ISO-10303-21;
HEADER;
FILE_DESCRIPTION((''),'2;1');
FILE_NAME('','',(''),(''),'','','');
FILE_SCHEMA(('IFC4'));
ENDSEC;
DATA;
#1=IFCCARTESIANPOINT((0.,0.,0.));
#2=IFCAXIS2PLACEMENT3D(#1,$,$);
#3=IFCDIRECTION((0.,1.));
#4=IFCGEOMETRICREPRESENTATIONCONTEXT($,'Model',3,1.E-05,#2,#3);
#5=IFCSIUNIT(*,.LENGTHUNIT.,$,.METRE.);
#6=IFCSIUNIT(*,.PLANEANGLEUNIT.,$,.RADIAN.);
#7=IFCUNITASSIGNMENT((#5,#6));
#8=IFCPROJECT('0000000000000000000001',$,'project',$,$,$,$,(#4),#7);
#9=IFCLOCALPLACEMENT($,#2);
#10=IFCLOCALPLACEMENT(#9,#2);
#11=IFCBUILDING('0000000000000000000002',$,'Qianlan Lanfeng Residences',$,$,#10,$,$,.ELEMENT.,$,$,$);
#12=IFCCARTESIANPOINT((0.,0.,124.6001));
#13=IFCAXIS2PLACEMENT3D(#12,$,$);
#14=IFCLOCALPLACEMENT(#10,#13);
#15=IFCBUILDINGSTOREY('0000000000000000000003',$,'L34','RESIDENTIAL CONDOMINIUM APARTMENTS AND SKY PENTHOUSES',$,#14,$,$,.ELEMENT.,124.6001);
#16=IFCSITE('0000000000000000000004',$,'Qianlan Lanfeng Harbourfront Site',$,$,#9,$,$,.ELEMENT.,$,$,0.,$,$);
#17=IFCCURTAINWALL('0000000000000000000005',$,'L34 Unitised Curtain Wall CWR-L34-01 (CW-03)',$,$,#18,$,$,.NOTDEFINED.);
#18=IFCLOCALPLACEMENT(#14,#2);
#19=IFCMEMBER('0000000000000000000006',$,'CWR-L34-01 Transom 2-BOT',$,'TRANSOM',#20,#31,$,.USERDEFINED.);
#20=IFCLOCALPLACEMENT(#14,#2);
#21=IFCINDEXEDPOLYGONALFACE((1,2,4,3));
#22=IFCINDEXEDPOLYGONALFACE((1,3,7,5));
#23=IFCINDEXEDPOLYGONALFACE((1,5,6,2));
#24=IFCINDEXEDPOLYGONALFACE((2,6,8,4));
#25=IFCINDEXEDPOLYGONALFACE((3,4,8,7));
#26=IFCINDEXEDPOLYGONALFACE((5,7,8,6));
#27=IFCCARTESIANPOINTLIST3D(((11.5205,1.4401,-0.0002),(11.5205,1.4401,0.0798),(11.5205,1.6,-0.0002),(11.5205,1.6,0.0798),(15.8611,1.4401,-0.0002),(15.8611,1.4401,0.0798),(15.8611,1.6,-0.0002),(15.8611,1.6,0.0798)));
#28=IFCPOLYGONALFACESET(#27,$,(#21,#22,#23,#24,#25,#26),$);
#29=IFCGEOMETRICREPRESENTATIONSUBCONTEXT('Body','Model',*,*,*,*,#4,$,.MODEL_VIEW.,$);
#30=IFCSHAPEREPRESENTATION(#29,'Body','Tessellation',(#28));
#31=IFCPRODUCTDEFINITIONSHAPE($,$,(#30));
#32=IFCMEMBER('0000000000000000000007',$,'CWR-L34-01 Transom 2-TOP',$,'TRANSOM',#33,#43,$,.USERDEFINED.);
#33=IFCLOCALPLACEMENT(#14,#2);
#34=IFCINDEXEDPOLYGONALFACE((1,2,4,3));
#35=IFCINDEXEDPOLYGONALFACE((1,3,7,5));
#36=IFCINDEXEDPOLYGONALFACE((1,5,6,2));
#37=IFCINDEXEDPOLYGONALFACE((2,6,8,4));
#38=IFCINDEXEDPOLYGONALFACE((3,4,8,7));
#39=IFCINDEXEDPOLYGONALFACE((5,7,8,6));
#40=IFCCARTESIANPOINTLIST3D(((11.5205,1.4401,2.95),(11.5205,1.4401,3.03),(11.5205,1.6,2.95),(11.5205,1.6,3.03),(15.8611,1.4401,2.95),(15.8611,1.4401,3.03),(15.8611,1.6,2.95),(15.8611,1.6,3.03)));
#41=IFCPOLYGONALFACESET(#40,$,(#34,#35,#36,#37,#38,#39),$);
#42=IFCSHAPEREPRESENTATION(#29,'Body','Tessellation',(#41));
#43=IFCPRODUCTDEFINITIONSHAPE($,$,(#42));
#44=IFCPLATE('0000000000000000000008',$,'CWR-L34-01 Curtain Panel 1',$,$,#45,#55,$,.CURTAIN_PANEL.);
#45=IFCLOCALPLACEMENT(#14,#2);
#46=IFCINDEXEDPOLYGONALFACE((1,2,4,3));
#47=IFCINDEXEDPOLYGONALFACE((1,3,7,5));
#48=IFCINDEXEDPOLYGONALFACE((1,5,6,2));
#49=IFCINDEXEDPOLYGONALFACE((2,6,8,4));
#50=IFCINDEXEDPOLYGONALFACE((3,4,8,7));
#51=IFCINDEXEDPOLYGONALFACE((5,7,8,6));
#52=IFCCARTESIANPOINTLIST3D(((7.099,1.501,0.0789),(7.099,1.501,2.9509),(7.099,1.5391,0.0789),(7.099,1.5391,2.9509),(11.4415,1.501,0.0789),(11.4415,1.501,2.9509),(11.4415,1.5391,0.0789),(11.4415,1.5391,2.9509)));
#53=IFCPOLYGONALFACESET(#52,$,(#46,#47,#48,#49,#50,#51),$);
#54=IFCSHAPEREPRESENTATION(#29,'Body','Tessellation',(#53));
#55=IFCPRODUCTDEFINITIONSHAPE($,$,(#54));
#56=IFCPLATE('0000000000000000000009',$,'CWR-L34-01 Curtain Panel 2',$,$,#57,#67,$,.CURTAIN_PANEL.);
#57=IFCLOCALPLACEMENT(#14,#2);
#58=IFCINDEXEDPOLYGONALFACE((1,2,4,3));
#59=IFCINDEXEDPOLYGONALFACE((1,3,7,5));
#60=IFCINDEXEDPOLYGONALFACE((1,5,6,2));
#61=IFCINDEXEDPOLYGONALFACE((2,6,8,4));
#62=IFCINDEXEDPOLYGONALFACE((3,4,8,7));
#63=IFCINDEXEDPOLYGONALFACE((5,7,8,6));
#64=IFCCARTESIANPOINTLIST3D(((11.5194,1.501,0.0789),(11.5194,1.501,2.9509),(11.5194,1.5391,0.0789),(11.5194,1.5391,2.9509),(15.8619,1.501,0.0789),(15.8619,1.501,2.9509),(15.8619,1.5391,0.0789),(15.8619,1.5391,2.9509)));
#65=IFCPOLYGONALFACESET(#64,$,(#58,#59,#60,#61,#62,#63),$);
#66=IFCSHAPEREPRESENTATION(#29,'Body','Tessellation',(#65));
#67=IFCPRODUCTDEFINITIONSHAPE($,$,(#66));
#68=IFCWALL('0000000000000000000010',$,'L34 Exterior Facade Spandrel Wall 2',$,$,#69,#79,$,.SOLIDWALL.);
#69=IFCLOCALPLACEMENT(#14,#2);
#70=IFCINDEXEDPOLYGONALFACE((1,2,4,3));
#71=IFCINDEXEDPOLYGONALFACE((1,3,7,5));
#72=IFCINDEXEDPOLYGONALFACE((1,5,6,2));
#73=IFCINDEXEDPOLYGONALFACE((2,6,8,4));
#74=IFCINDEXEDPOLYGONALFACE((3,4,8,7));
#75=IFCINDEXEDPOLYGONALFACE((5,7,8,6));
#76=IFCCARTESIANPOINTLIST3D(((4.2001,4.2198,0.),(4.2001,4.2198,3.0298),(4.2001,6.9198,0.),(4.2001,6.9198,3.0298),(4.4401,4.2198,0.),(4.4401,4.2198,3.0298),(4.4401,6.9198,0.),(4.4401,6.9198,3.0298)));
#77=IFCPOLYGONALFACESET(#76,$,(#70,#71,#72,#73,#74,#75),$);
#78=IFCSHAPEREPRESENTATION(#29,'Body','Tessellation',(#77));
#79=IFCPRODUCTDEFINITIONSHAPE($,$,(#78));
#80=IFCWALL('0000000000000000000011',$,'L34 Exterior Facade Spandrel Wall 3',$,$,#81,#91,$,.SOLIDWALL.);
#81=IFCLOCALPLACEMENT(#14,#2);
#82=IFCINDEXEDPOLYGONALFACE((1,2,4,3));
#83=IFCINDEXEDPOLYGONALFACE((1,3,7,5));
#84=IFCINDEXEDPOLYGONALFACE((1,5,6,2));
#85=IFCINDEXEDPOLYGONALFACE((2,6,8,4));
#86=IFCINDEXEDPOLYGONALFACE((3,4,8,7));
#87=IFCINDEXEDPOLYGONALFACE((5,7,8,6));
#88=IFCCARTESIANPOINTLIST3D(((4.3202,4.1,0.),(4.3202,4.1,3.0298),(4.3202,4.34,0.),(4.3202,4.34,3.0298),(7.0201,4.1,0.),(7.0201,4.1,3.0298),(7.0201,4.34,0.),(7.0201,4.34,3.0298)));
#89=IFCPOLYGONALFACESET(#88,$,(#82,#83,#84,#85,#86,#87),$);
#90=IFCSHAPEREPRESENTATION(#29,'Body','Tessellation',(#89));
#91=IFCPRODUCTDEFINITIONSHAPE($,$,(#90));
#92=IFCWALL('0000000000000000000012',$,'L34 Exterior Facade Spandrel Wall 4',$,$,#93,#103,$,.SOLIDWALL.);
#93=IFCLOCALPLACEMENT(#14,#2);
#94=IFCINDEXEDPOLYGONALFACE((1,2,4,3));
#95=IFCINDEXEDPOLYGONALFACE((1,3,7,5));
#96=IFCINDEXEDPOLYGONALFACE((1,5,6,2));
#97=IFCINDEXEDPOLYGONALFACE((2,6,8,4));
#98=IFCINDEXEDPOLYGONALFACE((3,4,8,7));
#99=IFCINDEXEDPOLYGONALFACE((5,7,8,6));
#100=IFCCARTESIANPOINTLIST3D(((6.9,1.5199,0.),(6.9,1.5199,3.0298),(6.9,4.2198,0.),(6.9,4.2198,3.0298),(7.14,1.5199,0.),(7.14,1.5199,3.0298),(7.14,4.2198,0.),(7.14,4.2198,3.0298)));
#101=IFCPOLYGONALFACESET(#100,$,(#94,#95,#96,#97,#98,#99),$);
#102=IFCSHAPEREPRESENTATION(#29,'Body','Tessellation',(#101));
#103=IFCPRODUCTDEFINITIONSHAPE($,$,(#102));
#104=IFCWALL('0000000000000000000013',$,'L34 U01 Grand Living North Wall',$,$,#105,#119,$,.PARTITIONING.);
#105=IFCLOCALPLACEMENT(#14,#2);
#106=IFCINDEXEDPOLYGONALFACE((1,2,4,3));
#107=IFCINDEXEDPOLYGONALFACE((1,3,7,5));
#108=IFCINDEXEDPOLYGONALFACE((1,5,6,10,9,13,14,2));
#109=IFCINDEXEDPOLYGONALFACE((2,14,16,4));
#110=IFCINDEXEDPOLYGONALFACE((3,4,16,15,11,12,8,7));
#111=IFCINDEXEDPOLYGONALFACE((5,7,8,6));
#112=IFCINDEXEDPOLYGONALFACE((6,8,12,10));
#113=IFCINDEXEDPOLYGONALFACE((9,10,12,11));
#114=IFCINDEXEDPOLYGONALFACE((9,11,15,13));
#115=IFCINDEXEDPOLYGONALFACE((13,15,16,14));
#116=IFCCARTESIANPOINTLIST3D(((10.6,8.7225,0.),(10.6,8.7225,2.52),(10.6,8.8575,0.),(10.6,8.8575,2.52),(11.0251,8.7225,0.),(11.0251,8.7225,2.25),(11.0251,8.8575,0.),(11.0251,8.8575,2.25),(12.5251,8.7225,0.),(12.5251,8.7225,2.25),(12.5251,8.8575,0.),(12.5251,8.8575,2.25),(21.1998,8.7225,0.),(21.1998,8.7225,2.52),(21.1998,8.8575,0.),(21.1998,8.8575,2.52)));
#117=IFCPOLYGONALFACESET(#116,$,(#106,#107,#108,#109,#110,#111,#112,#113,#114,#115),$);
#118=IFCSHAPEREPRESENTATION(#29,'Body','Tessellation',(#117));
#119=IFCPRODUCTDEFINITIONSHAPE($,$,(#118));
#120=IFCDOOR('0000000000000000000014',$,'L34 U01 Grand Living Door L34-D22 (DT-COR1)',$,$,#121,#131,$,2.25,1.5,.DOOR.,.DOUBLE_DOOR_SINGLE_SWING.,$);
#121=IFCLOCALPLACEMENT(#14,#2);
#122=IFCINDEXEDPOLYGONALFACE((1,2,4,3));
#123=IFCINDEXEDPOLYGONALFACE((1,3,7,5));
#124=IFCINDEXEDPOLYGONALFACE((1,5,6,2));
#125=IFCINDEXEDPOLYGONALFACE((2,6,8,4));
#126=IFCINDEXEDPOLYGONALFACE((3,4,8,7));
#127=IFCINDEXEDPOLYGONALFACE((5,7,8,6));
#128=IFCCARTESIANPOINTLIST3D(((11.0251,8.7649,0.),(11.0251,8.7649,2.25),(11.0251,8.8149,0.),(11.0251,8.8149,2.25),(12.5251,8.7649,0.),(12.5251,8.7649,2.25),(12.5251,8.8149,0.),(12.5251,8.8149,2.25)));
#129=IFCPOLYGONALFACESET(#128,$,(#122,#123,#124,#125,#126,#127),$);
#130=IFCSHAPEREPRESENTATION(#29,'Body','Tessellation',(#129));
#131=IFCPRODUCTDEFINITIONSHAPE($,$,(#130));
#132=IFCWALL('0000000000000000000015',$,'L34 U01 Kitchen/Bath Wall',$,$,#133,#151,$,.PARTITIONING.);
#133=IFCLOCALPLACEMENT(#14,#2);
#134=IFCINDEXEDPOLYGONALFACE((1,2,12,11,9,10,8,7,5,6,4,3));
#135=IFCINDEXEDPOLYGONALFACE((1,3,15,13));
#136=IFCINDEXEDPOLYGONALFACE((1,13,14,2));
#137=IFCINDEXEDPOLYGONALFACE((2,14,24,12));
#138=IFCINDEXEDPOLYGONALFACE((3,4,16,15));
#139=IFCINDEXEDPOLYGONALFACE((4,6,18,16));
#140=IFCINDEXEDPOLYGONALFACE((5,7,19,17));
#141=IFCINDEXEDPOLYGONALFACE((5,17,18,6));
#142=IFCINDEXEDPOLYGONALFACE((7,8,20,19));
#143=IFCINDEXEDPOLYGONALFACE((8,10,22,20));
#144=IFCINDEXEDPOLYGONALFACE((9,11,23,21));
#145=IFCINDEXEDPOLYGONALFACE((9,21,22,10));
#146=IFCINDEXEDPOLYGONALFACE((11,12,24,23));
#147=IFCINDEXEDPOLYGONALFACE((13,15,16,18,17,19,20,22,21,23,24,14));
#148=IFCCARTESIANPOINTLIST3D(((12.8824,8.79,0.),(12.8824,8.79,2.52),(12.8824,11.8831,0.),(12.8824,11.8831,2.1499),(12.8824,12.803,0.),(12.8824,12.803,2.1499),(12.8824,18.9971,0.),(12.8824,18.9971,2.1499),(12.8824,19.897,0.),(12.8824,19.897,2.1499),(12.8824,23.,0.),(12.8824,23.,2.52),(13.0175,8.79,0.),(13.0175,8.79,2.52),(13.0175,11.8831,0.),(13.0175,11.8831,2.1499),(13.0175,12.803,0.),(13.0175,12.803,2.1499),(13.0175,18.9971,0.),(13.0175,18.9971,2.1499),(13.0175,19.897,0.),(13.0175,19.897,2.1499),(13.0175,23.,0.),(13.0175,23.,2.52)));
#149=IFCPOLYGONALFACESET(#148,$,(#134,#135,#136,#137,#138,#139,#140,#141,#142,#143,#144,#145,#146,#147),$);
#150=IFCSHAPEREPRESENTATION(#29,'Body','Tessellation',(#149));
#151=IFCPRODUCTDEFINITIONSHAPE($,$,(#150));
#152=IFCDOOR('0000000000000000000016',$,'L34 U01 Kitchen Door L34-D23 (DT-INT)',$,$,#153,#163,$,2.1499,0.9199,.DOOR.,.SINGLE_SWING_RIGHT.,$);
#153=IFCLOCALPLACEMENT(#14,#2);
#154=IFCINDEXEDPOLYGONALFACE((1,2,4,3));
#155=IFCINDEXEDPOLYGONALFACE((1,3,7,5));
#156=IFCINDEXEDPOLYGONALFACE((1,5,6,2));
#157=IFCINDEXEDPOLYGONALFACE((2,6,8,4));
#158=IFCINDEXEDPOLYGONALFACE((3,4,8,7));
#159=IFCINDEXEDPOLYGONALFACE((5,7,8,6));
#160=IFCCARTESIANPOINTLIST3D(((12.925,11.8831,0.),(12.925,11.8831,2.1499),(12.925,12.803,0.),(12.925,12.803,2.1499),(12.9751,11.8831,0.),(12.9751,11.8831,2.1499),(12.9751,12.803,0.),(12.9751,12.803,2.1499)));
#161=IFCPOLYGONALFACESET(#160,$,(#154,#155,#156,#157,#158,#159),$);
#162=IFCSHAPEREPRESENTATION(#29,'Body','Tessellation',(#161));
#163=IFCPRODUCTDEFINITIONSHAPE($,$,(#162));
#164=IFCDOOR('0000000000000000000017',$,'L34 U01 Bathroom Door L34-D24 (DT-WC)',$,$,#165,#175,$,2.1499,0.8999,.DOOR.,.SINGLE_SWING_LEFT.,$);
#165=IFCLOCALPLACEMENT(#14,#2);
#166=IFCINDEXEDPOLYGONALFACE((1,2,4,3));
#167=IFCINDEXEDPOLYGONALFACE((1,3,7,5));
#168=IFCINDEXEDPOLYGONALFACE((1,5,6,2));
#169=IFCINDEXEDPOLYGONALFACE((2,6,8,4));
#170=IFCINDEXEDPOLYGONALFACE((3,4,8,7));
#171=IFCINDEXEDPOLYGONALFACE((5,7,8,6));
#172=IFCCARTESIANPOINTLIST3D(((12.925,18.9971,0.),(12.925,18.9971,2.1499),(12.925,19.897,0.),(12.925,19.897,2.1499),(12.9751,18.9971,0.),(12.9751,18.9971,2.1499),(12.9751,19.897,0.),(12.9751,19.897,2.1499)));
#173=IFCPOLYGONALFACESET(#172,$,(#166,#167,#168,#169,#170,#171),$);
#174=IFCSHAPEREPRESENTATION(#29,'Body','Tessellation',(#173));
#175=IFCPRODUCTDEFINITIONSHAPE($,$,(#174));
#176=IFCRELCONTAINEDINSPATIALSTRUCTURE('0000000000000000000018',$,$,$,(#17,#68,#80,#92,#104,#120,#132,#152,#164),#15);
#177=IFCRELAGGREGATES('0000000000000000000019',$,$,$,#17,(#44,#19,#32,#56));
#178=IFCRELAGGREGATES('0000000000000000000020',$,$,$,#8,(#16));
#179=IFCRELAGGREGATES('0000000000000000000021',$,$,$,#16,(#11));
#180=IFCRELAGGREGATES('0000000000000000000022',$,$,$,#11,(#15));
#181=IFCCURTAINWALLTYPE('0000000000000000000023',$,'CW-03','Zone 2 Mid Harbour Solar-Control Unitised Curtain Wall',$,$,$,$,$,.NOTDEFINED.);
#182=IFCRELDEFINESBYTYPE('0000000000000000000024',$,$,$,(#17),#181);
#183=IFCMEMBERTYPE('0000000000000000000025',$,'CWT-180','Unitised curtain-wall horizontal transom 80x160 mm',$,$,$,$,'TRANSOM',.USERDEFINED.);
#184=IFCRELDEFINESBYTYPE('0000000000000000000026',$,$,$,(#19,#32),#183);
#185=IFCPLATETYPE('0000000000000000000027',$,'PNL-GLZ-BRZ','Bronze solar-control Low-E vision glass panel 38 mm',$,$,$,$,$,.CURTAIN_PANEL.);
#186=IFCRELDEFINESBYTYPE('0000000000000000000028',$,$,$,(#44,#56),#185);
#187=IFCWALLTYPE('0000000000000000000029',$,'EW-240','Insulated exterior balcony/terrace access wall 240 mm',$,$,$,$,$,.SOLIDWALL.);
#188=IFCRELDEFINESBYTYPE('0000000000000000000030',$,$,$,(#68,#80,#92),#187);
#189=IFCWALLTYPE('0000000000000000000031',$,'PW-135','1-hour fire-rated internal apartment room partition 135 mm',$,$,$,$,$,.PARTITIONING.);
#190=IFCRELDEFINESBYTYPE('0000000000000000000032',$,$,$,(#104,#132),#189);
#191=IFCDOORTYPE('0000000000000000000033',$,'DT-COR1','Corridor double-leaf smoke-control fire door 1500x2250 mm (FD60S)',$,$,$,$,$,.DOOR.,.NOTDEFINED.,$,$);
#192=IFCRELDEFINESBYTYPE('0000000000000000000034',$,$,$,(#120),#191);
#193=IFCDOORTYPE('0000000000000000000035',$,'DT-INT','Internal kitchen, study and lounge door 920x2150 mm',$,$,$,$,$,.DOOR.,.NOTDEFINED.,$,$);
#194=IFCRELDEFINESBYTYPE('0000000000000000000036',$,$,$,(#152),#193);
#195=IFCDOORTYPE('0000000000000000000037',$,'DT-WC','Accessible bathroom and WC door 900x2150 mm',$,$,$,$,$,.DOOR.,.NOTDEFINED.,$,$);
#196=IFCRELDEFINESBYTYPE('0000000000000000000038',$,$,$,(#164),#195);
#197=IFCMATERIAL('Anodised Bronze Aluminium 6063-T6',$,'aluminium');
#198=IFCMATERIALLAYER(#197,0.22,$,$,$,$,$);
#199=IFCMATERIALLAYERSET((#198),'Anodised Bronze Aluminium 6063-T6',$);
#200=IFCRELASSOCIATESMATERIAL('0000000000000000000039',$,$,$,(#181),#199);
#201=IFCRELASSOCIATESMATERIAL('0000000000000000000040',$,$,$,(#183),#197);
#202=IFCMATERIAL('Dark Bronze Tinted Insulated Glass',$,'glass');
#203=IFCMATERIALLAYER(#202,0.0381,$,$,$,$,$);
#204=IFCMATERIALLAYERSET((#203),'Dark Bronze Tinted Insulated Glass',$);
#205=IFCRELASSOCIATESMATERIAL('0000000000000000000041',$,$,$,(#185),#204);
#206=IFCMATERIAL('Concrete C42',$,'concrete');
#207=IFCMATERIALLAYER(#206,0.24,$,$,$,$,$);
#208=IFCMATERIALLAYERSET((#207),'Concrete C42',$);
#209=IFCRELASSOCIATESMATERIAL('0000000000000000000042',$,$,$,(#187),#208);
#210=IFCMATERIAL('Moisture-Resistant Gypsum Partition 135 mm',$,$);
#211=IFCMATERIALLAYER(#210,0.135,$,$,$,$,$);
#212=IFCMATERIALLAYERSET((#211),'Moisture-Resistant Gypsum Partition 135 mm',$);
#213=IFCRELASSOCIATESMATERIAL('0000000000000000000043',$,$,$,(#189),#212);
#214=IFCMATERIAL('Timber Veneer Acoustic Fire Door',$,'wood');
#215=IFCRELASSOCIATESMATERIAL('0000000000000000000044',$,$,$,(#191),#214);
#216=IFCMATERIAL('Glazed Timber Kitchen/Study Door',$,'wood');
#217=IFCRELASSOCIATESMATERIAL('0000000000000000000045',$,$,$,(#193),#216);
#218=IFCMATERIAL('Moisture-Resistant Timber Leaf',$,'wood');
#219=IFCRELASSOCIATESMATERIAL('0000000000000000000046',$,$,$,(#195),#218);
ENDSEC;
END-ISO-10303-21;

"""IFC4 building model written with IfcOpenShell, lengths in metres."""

from ifc_helpers import new_model, si_unit, direction, frame, frame_2d, origin, origin_2d, place, context, subcontext, project, spatial, rectangle, extrude, source, transform, mapped, material, layer, layer_set, material_profile, profile_set, type_object, element, fill, aggregate, save


model = new_model("IFC4")

# Units and contexts
model_context = context("Model", 3, precision=1e-05, world=origin(), true_north=direction((0.0, 1.0)))
body_context = subcontext(model_context, "Body", "Model", "MODEL_VIEW")
ifc_project = project(units=[si_unit("LENGTHUNIT", "METRE"), si_unit("PLANEANGLEUNIT", "RADIAN")], contexts=[model_context])

# Site, building, storey
site_placement = place(None, origin())
site = spatial("IfcSite", under=ifc_project, at=site_placement, Name="Qianlan Lanfeng Harbourfront Site", CompositionType="ELEMENT", RefElevation=0.0)
building_placement = place(site_placement, origin())
building = spatial("IfcBuilding", under=site, at=building_placement, Name="Qianlan Lanfeng Residences", CompositionType="ELEMENT")
storey_placement = place(building_placement, frame((0.0, 0.0, 124.6001)))
storey = spatial("IfcBuildingStorey", under=building, at=storey_placement, Name="L34", Description="RESIDENTIAL CONDOMINIUM APARTMENTS AND SKY PENTHOUSES", CompositionType="ELEMENT", Elevation=124.6001)

# Curtain wall, members, plates
ifc_material_1 = material(Name="Anodised Bronze Aluminium 6063-T6", Category="aluminium")
ifc_layer_1 = layer(ifc_material_1, 0.22)
ifc_layer_set_1 = layer_set([ifc_layer_1], Name="Anodised Bronze Aluminium 6063-T6")
curtain_wall_type = type_object("IfcCurtainWallType", Name="CW-03", Description="Zone 2 Mid Harbour Solar-Control Unitised Curtain Wall", PredefinedType="NOTDEFINED", material=ifc_layer_set_1)
curtain_wall_placement = place(storey_placement, origin())
curtain_wall = element("IfcCurtainWall", 1, at=curtain_wall_placement, inside=storey, type_object=curtain_wall_type, Name="L34 Unitised Curtain Wall CWR-L34-01 (CW-03)", PredefinedType="NOTDEFINED")
ifc_material_profile_1 = material_profile(ifc_material_1, rectangle(XDim=0.0801, YDim=0.1599, at=origin_2d()), Name="ALU TRANSOM 80x160")
ifc_profile_set_1 = profile_set([ifc_material_profile_1], Name="Anodised Bronze Aluminium 6063-T6")
member_type_1 = type_object("IfcMemberType", Name="CWT-180", Description="Unitised curtain-wall horizontal transom 80x160 mm", ElementType="TRANSOM", PredefinedType="USERDEFINED", material=ifc_profile_set_1)
shared_shape_1 = source(origin(), body_context, "Body", "SweptSolid", [
    extrude(rectangle(XDim=0.0801, YDim=0.1599, at=origin_2d()), origin(), (0.0, 0.0, 1.0), 4.3406),
])
member_1_placement = place(storey_placement, frame((11.5205, 1.52, 0.0398), z_axis=(1.0, 0.0, 0.0), x_axis=(0.0, 0.0, 1.0)))
member_1 = element("IfcMember", 2, at=member_1_placement, type_object=member_type_1, Name="CWR-L34-01 Transom 2-BOT", ObjectType="TRANSOM", PredefinedType="USERDEFINED", context=body_context, shape_type="MappedRepresentation", body=[
    mapped(shared_shape_1, transform((0.0, 0.0, 0.0), scale=1.0)),
])
member_2_placement = place(storey_placement, frame((11.5205, 1.52, 2.99), z_axis=(1.0, 0.0, 0.0), x_axis=(0.0, 0.0, 1.0)))
member_2 = element("IfcMember", 3, at=member_2_placement, type_object=member_type_1, Name="CWR-L34-01 Transom 2-TOP", ObjectType="TRANSOM", PredefinedType="USERDEFINED", context=body_context, shape_type="MappedRepresentation", body=[
    mapped(shared_shape_1, transform((0.0, 0.0, 0.0), scale=1.0)),
])
ifc_material_2 = material(Name="Dark Bronze Tinted Insulated Glass", Category="glass")
ifc_layer_2 = layer(ifc_material_2, 0.0381)
ifc_layer_set_2 = layer_set([ifc_layer_2], Name="Dark Bronze Tinted Insulated Glass")
plate_type = type_object("IfcPlateType", Name="PNL-GLZ-BRZ", Description="Bronze solar-control Low-E vision glass panel 38 mm", PredefinedType="CURTAIN_PANEL", material=ifc_layer_set_2)
shared_shape_2 = source(origin(), body_context, "Body", "SweptSolid", [
    extrude(rectangle(XDim=4.3425, YDim=0.0381, at=origin_2d()), origin(), (0.0, 0.0, 1.0), 2.8721),
])
plate_1_placement = place(storey_placement, frame((9.2703, 1.52, 0.0789), z_axis=(0.0, 0.0, 1.0), x_axis=(1.0, 0.0, 0.0)))
plate_1 = element("IfcPlate", 4, at=plate_1_placement, type_object=plate_type, Name="CWR-L34-01 Curtain Panel 1", PredefinedType="CURTAIN_PANEL", context=body_context, shape_type="MappedRepresentation", body=[
    mapped(shared_shape_2, transform((0.0, 0.0, 0.0), scale=1.0)),
])
plate_2_placement = place(storey_placement, frame((13.6907, 1.52, 0.0789), z_axis=(0.0, 0.0, 1.0), x_axis=(1.0, 0.0, 0.0)))
plate_2 = element("IfcPlate", 5, at=plate_2_placement, type_object=plate_type, Name="CWR-L34-01 Curtain Panel 2", PredefinedType="CURTAIN_PANEL", context=body_context, shape_type="MappedRepresentation", body=[
    mapped(shared_shape_2, transform((0.0, 0.0, 0.0), scale=1.0)),
])
aggregate(curtain_wall, [plate_1, member_1, member_2, plate_2])

# Walls
ifc_material_3 = material(Name="Concrete C42", Category="concrete")
ifc_layer_3 = layer(ifc_material_3, 0.24)
ifc_layer_set_3 = layer_set([ifc_layer_3], Name="Concrete C42")
wall_type_1 = type_object("IfcWallType", Name="EW-240", Description="Insulated exterior balcony/terrace access wall 240 mm", PredefinedType="SOLIDWALL", material=ifc_layer_set_3)
for number, where, z_axis, x_axis, name in (
    (6, (4.3201, 6.9199, 0.0), (0.0, 0.0, 1.0), (0.0, -1.0, 0.0), "L34 Exterior Facade Spandrel Wall 2"),
    (7, (4.3201, 4.22, 0.0), (0.0, 0.0, 1.0), (1.0, 0.0, 0.0), "L34 Exterior Facade Spandrel Wall 3"),
    (8, (7.02, 4.22, 0.0), (0.0, 0.0, 1.0), (0.0, -1.0, 0.0), "L34 Exterior Facade Spandrel Wall 4"),
):
    element("IfcWall", number, at=place(storey_placement, frame(where, z_axis=z_axis, x_axis=x_axis)), inside=storey, type_object=wall_type_1, Name=name, PredefinedType="SOLIDWALL", context=body_context, shape_type="SweptSolid", body=[
        extrude(rectangle(XDim=2.7, YDim=0.24, at=frame_2d((1.3501, 0.0))), origin(), (0.0, 0.0, 1.0), 3.0298),
    ])

# Wall, opening, door
ifc_material_4 = material(Name="Moisture-Resistant Gypsum Partition 135 mm")
ifc_layer_4 = layer(ifc_material_4, 0.135)
ifc_layer_set_4 = layer_set([ifc_layer_4], Name="Moisture-Resistant Gypsum Partition 135 mm")
wall_type_2 = type_object("IfcWallType", Name="PW-135", Description="1-hour fire-rated internal apartment room partition 135 mm", PredefinedType="PARTITIONING", material=ifc_layer_set_4)
wall_1_placement = place(storey_placement, frame((10.6001, 8.79, 0.0), z_axis=(0.0, 0.0, 1.0), x_axis=(1.0, 0.0, 0.0)))
wall_1 = element("IfcWall", 9, at=wall_1_placement, inside=storey, type_object=wall_type_2, Name="L34 U01 Grand Living North Wall", PredefinedType="PARTITIONING", context=body_context, shape_type="SweptSolid", body=[
    extrude(rectangle(XDim=10.5999, YDim=0.135, at=frame_2d((5.2998, 0.0))), origin(), (0.0, 0.0, 1.0), 2.52),
])
opening_1_placement = place(wall_1_placement, frame((0.425, 0.0, 0.0)))
opening_1 = element("IfcOpeningElement", 10, at=opening_1_placement, cuts=wall_1, PredefinedType="OPENING", context=body_context, shape_type="SweptSolid", body=[
    extrude(rectangle(XDim=1.5, YDim=2.25, at=frame_2d((0.75, 1.125))), frame((0.0, 0.0776, 0.0), z_axis=(0.0, -1.0, 0.0), x_axis=(1.0, 0.0, 0.0)), (0.0, 0.0, 1.0), 0.155),
])
ifc_material_5 = material(Name="Timber Veneer Acoustic Fire Door", Category="wood")
door_type_1 = type_object("IfcDoorType", Name="DT-COR1", Description="Corridor double-leaf smoke-control fire door 1500x2250 mm (FD60S)", OperationType="NOTDEFINED", PredefinedType="DOOR", material=ifc_material_5)
door_1_placement = place(opening_1_placement, origin())
door_1 = element("IfcDoor", 11, at=door_1_placement, inside=storey, type_object=door_type_1, Name="L34 U01 Grand Living Door L34-D22 (DT-COR1)", OperationType="DOUBLE_DOOR_SINGLE_SWING", OverallHeight=2.25, OverallWidth=1.5, PredefinedType="DOOR", context=body_context, shape_type="SweptSolid", body=[
    extrude(rectangle(XDim=1.5, YDim=2.25, at=frame_2d((0.75, 1.125))), frame((0.0, 0.0249, 0.0), z_axis=(0.0, -1.0, 0.0), x_axis=(1.0, 0.0, 0.0)), (0.0, 0.0, 1.0), 0.05),
])
fill(opening_1, door_1)

# Wall, openings, doors
wall_2_placement = place(storey_placement, frame((12.95, 8.79, 0.0), z_axis=(0.0, 0.0, 1.0), x_axis=(0.0, 1.0, 0.0)))
wall_2 = element("IfcWall", 12, at=wall_2_placement, inside=storey, type_object=wall_type_2, Name="L34 U01 Kitchen/Bath Wall", PredefinedType="PARTITIONING", context=body_context, shape_type="SweptSolid", body=[
    extrude(rectangle(XDim=14.21, YDim=0.135, at=frame_2d((7.105, 0.0))), origin(), (0.0, 0.0, 1.0), 2.52),
])
opening_2_placement = place(wall_2_placement, frame((3.093, 0.0, 0.0)))
opening_2 = element("IfcOpeningElement", 13, at=opening_2_placement, cuts=wall_2, PredefinedType="OPENING", context=body_context, shape_type="SweptSolid", body=[
    extrude(rectangle(XDim=0.9199, YDim=2.1499, at=frame_2d((0.46, 1.075))), frame((0.0, 0.0776, 0.0), z_axis=(0.0, -1.0, 0.0), x_axis=(1.0, 0.0, 0.0)), (0.0, 0.0, 1.0), 0.155),
])
opening_3_placement = place(wall_2_placement, frame((10.207, 0.0, 0.0)))
opening_3 = element("IfcOpeningElement", 14, at=opening_3_placement, cuts=wall_2, PredefinedType="OPENING", context=body_context, shape_type="SweptSolid", body=[
    extrude(rectangle(XDim=0.8999, YDim=2.1499, at=frame_2d((0.45, 1.075))), frame((0.0, 0.0776, 0.0), z_axis=(0.0, -1.0, 0.0), x_axis=(1.0, 0.0, 0.0)), (0.0, 0.0, 1.0), 0.155),
])
ifc_material_6 = material(Name="Glazed Timber Kitchen/Study Door", Category="wood")
door_type_2 = type_object("IfcDoorType", Name="DT-INT", Description="Internal kitchen, study and lounge door 920x2150 mm", OperationType="NOTDEFINED", PredefinedType="DOOR", material=ifc_material_6)
door_2_placement = place(opening_2_placement, origin())
door_2 = element("IfcDoor", 15, at=door_2_placement, inside=storey, type_object=door_type_2, Name="L34 U01 Kitchen Door L34-D23 (DT-INT)", OperationType="SINGLE_SWING_RIGHT", OverallHeight=2.1499, OverallWidth=0.9199, PredefinedType="DOOR", context=body_context, shape_type="SweptSolid", body=[
    extrude(rectangle(XDim=0.9199, YDim=2.1499, at=frame_2d((0.46, 1.075))), frame((0.0, 0.0249, 0.0), z_axis=(0.0, -1.0, 0.0), x_axis=(1.0, 0.0, 0.0)), (0.0, 0.0, 1.0), 0.05),
])
fill(opening_2, door_2)
ifc_material_7 = material(Name="Moisture-Resistant Timber Leaf", Category="wood")
door_type_3 = type_object("IfcDoorType", Name="DT-WC", Description="Accessible bathroom and WC door 900x2150 mm", OperationType="NOTDEFINED", PredefinedType="DOOR", material=ifc_material_7)
door_3_placement = place(opening_3_placement, origin())
door_3 = element("IfcDoor", 16, at=door_3_placement, inside=storey, type_object=door_type_3, Name="L34 U01 Bathroom Door L34-D24 (DT-WC)", OperationType="SINGLE_SWING_LEFT", OverallHeight=2.1499, OverallWidth=0.8999, PredefinedType="DOOR", context=body_context, shape_type="SweptSolid", body=[
    extrude(rectangle(XDim=0.8999, YDim=2.1499, at=frame_2d((0.45, 1.075))), frame((0.0, 0.0249, 0.0), z_axis=(0.0, -1.0, 0.0), x_axis=(1.0, 0.0, 0.0)), (0.0, 0.0, 1.0), 0.05),
])
fill(opening_3, door_3)

save(model, "model.ifc")
